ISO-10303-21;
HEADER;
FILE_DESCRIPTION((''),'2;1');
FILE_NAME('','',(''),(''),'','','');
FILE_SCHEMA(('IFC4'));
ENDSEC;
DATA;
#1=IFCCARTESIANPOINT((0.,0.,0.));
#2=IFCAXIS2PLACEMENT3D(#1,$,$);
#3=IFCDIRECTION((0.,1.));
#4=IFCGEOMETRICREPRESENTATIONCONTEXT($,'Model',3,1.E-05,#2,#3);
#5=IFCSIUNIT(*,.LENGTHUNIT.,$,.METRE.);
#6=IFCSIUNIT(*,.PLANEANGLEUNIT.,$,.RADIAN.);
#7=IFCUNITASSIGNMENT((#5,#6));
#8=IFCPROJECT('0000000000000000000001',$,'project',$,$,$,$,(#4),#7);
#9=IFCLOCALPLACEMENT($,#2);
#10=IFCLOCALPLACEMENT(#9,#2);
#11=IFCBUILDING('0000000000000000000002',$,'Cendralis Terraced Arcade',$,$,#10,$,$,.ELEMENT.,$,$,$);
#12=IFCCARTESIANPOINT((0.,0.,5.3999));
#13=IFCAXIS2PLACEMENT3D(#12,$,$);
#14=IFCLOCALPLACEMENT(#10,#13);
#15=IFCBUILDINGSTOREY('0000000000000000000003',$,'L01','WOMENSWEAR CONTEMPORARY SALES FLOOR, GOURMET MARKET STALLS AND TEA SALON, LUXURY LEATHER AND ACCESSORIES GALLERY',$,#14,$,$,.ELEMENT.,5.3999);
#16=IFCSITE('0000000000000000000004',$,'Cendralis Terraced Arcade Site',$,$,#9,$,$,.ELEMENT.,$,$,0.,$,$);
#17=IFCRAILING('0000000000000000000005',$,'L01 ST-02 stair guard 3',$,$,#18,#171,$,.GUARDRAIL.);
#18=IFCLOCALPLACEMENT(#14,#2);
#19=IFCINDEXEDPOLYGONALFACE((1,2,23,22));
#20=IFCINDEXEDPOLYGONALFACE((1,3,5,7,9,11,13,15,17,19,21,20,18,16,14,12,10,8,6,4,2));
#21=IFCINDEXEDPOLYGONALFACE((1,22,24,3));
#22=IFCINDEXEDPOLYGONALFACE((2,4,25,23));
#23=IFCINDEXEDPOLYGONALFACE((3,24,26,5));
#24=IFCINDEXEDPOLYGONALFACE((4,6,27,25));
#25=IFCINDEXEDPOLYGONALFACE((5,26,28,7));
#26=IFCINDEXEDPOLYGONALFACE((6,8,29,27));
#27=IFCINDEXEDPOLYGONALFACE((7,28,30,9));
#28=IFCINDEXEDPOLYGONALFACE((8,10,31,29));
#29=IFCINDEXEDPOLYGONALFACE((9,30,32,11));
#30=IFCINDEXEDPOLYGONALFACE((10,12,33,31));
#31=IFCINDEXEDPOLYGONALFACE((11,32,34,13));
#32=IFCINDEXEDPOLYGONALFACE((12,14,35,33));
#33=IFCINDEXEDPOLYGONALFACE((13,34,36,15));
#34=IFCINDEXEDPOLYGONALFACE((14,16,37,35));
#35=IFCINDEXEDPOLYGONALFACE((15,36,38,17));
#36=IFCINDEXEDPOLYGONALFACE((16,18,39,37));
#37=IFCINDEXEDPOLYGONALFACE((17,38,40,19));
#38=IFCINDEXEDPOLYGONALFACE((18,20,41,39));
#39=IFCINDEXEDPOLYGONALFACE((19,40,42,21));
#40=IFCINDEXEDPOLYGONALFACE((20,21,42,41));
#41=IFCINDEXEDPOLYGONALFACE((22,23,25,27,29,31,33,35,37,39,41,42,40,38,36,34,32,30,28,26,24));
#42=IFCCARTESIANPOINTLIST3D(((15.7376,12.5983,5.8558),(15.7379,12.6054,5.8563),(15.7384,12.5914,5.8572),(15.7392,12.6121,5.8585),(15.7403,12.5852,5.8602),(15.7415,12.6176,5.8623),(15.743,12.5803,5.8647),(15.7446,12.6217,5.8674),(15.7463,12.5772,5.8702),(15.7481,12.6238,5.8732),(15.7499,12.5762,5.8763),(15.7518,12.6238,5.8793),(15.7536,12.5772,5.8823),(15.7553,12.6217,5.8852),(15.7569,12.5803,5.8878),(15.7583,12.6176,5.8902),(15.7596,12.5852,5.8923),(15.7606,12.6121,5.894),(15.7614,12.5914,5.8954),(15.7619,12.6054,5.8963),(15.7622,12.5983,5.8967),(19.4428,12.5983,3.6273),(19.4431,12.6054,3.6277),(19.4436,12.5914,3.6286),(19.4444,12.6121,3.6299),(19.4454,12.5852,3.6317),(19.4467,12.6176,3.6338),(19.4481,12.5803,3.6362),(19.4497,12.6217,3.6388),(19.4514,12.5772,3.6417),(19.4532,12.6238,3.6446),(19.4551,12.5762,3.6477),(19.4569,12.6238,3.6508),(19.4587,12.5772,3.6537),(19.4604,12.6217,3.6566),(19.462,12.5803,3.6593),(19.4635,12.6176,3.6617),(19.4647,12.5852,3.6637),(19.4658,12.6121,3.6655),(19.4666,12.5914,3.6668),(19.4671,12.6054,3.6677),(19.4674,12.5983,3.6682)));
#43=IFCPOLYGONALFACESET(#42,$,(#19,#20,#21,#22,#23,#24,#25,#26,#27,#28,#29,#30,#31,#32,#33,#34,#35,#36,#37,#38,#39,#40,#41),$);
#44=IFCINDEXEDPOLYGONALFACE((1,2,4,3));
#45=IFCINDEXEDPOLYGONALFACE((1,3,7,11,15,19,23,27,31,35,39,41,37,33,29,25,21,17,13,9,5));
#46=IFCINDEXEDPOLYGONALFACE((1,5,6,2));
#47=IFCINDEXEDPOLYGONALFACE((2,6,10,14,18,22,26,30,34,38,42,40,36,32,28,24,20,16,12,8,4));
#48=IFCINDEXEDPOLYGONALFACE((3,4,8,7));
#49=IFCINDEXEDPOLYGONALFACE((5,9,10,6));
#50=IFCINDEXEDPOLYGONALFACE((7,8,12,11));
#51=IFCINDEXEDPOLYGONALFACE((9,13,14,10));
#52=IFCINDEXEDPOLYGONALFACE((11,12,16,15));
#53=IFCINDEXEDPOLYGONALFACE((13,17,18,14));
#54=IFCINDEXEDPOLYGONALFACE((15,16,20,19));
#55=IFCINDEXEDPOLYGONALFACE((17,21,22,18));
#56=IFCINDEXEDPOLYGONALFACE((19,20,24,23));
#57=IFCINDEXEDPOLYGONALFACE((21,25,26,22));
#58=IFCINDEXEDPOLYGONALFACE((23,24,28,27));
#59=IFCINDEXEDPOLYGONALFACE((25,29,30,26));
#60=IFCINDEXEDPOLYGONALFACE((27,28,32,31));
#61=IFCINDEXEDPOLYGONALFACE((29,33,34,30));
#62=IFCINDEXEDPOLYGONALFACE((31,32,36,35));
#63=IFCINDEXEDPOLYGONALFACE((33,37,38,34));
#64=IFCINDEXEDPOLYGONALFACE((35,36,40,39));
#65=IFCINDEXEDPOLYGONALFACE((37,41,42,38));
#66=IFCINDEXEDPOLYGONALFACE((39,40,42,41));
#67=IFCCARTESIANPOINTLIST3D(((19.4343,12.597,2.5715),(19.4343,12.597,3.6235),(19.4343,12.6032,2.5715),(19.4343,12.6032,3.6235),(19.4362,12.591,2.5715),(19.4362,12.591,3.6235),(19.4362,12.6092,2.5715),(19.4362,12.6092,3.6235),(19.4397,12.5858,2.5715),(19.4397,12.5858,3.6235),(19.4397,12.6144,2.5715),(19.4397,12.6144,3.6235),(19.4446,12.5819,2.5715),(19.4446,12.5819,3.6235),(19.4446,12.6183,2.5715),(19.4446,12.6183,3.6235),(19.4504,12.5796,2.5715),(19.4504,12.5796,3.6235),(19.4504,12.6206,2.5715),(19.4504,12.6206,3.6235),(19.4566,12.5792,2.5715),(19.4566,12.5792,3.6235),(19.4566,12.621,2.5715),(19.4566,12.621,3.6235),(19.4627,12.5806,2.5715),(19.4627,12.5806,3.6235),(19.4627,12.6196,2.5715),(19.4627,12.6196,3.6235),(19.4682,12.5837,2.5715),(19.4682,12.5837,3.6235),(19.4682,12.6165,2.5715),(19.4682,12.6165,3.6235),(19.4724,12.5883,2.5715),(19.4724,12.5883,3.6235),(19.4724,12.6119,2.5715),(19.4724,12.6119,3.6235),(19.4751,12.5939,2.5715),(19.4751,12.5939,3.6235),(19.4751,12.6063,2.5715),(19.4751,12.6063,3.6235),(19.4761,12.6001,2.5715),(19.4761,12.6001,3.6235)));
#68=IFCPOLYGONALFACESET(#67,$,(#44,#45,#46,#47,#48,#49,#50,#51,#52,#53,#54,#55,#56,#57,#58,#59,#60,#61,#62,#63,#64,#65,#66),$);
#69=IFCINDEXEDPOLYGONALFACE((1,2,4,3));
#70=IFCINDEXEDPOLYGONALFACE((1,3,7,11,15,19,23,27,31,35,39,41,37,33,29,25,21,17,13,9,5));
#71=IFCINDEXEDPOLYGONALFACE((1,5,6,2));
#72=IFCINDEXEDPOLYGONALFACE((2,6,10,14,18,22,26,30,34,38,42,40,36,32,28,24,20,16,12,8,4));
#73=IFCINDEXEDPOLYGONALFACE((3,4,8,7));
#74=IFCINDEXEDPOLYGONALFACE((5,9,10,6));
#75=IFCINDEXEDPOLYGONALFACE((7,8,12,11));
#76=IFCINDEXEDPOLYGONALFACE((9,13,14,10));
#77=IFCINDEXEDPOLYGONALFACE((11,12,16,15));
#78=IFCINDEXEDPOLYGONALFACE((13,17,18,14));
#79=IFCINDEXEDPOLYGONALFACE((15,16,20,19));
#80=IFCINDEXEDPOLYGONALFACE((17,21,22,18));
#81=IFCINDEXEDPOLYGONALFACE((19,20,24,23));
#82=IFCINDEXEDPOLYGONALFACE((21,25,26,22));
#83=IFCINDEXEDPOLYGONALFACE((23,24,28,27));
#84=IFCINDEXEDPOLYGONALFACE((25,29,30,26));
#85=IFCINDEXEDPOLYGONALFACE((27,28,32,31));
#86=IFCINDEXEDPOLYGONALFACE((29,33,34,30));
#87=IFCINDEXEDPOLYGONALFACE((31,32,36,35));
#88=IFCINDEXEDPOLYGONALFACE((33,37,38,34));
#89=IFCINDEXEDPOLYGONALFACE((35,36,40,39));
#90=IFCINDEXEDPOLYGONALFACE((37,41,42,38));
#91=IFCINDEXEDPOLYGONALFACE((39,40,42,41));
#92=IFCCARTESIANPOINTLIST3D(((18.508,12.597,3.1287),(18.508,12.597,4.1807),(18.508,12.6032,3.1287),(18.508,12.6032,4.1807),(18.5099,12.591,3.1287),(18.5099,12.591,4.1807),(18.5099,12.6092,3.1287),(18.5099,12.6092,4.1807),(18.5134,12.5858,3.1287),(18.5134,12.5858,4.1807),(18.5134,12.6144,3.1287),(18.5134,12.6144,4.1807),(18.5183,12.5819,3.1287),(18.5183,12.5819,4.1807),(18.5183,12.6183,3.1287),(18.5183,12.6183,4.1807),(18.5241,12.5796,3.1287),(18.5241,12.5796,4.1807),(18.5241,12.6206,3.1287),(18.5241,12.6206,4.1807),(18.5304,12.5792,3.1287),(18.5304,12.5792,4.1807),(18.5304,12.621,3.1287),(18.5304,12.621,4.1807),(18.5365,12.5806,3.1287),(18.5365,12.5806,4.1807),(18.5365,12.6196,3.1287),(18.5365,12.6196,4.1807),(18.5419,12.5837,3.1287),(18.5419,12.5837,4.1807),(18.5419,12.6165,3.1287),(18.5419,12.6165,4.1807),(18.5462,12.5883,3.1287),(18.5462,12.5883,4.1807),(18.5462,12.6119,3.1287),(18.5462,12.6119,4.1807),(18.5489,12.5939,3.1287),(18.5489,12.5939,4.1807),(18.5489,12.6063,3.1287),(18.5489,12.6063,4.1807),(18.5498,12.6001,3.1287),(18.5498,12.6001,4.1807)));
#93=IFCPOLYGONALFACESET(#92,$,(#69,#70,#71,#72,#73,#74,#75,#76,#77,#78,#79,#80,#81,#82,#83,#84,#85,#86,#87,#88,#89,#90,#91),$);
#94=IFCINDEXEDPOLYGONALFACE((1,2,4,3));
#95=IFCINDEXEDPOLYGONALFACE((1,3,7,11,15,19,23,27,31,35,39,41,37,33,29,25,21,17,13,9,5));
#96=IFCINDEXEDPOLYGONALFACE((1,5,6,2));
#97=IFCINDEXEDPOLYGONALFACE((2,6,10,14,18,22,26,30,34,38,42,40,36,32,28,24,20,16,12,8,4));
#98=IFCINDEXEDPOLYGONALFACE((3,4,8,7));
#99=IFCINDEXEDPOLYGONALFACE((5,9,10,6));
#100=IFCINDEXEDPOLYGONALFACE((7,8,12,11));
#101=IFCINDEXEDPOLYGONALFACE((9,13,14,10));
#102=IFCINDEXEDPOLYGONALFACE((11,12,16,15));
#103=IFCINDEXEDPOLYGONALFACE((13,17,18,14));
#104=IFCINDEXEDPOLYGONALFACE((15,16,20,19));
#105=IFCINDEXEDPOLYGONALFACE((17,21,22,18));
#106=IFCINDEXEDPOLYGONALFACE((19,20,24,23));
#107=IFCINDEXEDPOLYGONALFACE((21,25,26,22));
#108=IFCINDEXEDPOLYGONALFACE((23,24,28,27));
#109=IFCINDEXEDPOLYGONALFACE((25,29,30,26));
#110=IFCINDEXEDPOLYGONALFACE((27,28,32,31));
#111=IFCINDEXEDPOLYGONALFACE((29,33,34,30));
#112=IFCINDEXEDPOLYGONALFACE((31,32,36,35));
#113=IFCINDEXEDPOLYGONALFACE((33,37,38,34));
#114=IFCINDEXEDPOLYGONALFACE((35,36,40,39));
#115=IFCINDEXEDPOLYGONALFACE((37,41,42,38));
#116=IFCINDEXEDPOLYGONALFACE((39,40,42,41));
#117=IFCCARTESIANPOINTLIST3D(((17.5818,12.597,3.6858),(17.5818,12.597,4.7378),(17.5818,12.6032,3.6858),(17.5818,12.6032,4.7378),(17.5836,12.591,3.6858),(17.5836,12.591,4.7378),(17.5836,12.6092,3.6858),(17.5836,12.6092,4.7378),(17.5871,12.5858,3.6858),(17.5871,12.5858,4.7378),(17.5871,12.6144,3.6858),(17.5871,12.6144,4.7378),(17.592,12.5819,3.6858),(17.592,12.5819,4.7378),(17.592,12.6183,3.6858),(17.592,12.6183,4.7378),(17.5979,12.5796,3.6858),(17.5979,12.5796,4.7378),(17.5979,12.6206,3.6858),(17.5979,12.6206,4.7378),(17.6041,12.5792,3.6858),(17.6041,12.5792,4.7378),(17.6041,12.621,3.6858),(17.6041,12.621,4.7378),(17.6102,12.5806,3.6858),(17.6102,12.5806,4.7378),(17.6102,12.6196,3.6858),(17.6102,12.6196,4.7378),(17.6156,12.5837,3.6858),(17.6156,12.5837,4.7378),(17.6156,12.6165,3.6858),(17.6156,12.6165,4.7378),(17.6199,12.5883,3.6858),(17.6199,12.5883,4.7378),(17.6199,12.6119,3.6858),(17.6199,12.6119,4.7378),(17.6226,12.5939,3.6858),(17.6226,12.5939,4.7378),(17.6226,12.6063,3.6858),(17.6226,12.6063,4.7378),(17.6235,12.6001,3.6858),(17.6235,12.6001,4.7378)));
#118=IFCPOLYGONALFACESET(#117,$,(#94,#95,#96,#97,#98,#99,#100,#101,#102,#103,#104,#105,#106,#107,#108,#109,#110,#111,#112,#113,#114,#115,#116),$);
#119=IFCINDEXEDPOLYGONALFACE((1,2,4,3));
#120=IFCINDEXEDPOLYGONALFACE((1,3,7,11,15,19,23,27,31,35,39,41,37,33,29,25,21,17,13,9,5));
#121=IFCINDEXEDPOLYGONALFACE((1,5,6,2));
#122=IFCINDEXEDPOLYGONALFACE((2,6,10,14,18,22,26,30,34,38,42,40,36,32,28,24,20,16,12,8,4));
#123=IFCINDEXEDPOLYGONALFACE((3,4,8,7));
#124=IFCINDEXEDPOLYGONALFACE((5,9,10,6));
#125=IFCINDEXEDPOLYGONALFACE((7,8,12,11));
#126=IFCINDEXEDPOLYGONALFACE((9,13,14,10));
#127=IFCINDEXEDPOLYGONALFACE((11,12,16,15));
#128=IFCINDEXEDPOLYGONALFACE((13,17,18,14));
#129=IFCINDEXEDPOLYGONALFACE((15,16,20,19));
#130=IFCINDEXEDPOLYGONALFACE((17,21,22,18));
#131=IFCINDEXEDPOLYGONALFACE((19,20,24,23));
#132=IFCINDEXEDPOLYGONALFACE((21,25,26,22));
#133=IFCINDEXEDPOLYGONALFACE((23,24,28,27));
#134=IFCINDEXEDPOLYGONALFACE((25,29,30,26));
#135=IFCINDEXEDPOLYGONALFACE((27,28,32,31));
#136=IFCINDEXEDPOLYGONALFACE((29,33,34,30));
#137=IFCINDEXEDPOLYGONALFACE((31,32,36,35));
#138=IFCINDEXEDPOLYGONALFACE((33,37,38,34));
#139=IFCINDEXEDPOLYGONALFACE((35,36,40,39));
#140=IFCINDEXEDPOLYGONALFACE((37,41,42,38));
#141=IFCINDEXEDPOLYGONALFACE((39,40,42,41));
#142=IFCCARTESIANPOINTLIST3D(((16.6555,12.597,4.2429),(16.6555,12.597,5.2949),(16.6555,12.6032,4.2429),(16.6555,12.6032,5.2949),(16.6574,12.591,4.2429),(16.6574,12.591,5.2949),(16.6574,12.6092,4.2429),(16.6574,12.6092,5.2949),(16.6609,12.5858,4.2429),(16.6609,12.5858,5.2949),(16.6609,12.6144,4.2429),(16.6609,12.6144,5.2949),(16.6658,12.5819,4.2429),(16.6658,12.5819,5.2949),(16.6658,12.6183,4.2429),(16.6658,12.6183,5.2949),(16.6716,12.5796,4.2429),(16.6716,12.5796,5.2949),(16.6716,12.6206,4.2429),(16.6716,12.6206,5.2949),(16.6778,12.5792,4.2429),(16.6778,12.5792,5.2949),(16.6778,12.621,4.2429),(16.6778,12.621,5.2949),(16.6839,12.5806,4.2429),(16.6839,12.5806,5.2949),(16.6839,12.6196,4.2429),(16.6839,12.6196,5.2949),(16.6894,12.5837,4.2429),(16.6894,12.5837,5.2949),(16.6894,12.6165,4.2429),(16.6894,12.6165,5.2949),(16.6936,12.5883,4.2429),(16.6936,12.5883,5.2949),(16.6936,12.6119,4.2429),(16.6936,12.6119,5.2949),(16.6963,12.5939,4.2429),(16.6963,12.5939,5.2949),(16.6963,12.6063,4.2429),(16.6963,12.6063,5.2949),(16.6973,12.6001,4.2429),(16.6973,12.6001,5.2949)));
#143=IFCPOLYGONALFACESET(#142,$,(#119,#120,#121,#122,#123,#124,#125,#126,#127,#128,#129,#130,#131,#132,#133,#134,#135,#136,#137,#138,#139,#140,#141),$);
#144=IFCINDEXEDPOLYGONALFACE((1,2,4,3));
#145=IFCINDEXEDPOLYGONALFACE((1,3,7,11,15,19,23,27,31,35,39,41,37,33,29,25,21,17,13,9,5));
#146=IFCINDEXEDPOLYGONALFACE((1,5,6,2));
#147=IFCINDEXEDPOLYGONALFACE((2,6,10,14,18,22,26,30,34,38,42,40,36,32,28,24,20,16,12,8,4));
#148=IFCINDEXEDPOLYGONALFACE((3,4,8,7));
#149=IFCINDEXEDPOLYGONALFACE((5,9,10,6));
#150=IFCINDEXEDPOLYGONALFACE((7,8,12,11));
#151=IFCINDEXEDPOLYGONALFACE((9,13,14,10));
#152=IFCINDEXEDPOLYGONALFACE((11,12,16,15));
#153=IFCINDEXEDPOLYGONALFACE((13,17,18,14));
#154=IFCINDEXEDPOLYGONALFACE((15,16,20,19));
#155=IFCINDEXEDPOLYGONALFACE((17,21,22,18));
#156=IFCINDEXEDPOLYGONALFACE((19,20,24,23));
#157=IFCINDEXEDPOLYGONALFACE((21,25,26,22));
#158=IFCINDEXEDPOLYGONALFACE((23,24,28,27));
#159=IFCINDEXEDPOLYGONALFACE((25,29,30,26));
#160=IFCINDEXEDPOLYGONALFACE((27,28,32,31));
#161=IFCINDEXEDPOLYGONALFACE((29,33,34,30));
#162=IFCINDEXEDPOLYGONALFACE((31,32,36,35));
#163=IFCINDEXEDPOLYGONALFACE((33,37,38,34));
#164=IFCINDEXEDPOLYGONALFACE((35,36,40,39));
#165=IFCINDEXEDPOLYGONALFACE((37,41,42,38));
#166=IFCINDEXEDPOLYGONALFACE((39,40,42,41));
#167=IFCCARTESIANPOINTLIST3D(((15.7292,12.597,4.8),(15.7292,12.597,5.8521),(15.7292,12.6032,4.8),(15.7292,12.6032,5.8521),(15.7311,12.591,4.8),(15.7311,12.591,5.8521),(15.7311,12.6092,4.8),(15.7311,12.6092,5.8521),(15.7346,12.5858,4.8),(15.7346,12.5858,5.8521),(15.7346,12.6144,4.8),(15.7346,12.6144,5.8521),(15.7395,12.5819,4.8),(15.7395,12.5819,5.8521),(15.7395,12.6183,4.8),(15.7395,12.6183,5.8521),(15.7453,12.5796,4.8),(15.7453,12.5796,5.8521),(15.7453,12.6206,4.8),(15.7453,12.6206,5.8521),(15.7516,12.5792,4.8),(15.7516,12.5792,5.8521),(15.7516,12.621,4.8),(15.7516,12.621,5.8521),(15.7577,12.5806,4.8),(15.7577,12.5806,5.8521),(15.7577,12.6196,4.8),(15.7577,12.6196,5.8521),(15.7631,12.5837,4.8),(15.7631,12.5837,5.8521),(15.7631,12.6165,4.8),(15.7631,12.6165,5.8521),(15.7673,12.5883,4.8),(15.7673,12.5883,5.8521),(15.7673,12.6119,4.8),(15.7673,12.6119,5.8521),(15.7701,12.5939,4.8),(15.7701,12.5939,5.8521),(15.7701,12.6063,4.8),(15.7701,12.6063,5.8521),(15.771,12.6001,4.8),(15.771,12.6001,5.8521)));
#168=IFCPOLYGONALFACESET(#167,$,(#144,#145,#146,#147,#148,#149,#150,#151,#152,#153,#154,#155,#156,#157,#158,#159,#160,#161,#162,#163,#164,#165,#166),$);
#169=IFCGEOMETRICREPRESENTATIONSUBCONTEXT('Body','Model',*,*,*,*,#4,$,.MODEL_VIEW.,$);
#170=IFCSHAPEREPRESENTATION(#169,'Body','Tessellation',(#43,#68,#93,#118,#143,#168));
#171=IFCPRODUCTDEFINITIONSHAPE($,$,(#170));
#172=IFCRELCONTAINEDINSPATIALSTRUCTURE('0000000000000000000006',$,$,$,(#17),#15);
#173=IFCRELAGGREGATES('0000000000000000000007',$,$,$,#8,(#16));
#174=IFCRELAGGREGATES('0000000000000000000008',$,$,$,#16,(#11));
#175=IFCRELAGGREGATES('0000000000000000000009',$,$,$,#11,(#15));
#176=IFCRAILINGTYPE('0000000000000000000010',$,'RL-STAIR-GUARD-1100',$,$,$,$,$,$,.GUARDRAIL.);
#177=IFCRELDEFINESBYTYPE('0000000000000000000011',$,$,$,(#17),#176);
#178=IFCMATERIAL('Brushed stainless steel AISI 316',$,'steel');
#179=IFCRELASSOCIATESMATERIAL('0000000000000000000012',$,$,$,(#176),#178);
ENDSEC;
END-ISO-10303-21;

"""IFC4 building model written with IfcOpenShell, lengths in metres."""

from ifc_helpers import new_model, si_unit, direction, frame, origin, origin_2d, place, context, subcontext, project, spatial, circle, extrude, material, type_object, element, save


model = new_model("IFC4")

# Units and contexts
model_context = context("Model", 3, precision=1e-05, world=origin(), true_north=direction((0.0, 1.0)))
body_context = subcontext(model_context, "Body", "Model", "MODEL_VIEW")
ifc_project = project(units=[si_unit("LENGTHUNIT", "METRE"), si_unit("PLANEANGLEUNIT", "RADIAN")], contexts=[model_context])

# Site, building, storey
site_placement = place(None, origin())
site = spatial("IfcSite", under=ifc_project, at=site_placement, Name="Cendralis Terraced Arcade Site", CompositionType="ELEMENT", RefElevation=0.0)
building_placement = place(site_placement, origin())
building = spatial("IfcBuilding", under=site, at=building_placement, Name="Cendralis Terraced Arcade", CompositionType="ELEMENT")
storey_placement = place(building_placement, frame((0.0, 0.0, 5.3999)))
storey = spatial("IfcBuildingStorey", under=building, at=storey_placement, Name="L01", Description="WOMENSWEAR CONTEMPORARY SALES FLOOR, GOURMET MARKET STALLS AND TEA SALON, LUXURY LEATHER AND ACCESSORIES GALLERY", CompositionType="ELEMENT", Elevation=5.3999)

# Railing
ifc_material_1 = material(Name="Brushed stainless steel AISI 316", Category="steel")
railing_type_1 = type_object("IfcRailingType", Name="RL-STAIR-GUARD-1100", PredefinedType="GUARDRAIL", material=ifc_material_1)
railing_1_placement = place(storey_placement, frame((19.4551, 12.6001, 2.5715)))
element("IfcRailing", 1, at=railing_1_placement, inside=storey, type_object=railing_type_1, Name="L01 ST-02 stair guard 3", PredefinedType="GUARDRAIL", context=body_context, shape_type="SweptSolid", body=[
    extrude(circle(Radius=0.0239, at=origin_2d()), frame((0.0, 0.0, 1.0762), z_axis=(-0.856934, 0.0, 0.515425), x_axis=(0.0, -1.0, 0.0)), (0.0, 0.0, 1.0), 4.3237),
    extrude(circle(Radius=0.021, at=origin_2d()), origin(), (0.0, 0.0, 1.0), 1.052),
    extrude(circle(Radius=0.021, at=origin_2d()), frame((-0.9263, 0.0, 0.5571)), (0.0, 0.0, 1.0), 1.052),
    extrude(circle(Radius=0.021, at=origin_2d()), frame((-1.8525, 0.0, 1.1143)), (0.0, 0.0, 1.0), 1.052),
    extrude(circle(Radius=0.021, at=origin_2d()), frame((-2.7788, 0.0, 1.6714)), (0.0, 0.0, 1.0), 1.052),
    extrude(circle(Radius=0.021, at=origin_2d()), frame((-3.7051, 0.0, 2.2285)), (0.0, 0.0, 1.0), 1.052),
])

save(model, "model.ifc")
